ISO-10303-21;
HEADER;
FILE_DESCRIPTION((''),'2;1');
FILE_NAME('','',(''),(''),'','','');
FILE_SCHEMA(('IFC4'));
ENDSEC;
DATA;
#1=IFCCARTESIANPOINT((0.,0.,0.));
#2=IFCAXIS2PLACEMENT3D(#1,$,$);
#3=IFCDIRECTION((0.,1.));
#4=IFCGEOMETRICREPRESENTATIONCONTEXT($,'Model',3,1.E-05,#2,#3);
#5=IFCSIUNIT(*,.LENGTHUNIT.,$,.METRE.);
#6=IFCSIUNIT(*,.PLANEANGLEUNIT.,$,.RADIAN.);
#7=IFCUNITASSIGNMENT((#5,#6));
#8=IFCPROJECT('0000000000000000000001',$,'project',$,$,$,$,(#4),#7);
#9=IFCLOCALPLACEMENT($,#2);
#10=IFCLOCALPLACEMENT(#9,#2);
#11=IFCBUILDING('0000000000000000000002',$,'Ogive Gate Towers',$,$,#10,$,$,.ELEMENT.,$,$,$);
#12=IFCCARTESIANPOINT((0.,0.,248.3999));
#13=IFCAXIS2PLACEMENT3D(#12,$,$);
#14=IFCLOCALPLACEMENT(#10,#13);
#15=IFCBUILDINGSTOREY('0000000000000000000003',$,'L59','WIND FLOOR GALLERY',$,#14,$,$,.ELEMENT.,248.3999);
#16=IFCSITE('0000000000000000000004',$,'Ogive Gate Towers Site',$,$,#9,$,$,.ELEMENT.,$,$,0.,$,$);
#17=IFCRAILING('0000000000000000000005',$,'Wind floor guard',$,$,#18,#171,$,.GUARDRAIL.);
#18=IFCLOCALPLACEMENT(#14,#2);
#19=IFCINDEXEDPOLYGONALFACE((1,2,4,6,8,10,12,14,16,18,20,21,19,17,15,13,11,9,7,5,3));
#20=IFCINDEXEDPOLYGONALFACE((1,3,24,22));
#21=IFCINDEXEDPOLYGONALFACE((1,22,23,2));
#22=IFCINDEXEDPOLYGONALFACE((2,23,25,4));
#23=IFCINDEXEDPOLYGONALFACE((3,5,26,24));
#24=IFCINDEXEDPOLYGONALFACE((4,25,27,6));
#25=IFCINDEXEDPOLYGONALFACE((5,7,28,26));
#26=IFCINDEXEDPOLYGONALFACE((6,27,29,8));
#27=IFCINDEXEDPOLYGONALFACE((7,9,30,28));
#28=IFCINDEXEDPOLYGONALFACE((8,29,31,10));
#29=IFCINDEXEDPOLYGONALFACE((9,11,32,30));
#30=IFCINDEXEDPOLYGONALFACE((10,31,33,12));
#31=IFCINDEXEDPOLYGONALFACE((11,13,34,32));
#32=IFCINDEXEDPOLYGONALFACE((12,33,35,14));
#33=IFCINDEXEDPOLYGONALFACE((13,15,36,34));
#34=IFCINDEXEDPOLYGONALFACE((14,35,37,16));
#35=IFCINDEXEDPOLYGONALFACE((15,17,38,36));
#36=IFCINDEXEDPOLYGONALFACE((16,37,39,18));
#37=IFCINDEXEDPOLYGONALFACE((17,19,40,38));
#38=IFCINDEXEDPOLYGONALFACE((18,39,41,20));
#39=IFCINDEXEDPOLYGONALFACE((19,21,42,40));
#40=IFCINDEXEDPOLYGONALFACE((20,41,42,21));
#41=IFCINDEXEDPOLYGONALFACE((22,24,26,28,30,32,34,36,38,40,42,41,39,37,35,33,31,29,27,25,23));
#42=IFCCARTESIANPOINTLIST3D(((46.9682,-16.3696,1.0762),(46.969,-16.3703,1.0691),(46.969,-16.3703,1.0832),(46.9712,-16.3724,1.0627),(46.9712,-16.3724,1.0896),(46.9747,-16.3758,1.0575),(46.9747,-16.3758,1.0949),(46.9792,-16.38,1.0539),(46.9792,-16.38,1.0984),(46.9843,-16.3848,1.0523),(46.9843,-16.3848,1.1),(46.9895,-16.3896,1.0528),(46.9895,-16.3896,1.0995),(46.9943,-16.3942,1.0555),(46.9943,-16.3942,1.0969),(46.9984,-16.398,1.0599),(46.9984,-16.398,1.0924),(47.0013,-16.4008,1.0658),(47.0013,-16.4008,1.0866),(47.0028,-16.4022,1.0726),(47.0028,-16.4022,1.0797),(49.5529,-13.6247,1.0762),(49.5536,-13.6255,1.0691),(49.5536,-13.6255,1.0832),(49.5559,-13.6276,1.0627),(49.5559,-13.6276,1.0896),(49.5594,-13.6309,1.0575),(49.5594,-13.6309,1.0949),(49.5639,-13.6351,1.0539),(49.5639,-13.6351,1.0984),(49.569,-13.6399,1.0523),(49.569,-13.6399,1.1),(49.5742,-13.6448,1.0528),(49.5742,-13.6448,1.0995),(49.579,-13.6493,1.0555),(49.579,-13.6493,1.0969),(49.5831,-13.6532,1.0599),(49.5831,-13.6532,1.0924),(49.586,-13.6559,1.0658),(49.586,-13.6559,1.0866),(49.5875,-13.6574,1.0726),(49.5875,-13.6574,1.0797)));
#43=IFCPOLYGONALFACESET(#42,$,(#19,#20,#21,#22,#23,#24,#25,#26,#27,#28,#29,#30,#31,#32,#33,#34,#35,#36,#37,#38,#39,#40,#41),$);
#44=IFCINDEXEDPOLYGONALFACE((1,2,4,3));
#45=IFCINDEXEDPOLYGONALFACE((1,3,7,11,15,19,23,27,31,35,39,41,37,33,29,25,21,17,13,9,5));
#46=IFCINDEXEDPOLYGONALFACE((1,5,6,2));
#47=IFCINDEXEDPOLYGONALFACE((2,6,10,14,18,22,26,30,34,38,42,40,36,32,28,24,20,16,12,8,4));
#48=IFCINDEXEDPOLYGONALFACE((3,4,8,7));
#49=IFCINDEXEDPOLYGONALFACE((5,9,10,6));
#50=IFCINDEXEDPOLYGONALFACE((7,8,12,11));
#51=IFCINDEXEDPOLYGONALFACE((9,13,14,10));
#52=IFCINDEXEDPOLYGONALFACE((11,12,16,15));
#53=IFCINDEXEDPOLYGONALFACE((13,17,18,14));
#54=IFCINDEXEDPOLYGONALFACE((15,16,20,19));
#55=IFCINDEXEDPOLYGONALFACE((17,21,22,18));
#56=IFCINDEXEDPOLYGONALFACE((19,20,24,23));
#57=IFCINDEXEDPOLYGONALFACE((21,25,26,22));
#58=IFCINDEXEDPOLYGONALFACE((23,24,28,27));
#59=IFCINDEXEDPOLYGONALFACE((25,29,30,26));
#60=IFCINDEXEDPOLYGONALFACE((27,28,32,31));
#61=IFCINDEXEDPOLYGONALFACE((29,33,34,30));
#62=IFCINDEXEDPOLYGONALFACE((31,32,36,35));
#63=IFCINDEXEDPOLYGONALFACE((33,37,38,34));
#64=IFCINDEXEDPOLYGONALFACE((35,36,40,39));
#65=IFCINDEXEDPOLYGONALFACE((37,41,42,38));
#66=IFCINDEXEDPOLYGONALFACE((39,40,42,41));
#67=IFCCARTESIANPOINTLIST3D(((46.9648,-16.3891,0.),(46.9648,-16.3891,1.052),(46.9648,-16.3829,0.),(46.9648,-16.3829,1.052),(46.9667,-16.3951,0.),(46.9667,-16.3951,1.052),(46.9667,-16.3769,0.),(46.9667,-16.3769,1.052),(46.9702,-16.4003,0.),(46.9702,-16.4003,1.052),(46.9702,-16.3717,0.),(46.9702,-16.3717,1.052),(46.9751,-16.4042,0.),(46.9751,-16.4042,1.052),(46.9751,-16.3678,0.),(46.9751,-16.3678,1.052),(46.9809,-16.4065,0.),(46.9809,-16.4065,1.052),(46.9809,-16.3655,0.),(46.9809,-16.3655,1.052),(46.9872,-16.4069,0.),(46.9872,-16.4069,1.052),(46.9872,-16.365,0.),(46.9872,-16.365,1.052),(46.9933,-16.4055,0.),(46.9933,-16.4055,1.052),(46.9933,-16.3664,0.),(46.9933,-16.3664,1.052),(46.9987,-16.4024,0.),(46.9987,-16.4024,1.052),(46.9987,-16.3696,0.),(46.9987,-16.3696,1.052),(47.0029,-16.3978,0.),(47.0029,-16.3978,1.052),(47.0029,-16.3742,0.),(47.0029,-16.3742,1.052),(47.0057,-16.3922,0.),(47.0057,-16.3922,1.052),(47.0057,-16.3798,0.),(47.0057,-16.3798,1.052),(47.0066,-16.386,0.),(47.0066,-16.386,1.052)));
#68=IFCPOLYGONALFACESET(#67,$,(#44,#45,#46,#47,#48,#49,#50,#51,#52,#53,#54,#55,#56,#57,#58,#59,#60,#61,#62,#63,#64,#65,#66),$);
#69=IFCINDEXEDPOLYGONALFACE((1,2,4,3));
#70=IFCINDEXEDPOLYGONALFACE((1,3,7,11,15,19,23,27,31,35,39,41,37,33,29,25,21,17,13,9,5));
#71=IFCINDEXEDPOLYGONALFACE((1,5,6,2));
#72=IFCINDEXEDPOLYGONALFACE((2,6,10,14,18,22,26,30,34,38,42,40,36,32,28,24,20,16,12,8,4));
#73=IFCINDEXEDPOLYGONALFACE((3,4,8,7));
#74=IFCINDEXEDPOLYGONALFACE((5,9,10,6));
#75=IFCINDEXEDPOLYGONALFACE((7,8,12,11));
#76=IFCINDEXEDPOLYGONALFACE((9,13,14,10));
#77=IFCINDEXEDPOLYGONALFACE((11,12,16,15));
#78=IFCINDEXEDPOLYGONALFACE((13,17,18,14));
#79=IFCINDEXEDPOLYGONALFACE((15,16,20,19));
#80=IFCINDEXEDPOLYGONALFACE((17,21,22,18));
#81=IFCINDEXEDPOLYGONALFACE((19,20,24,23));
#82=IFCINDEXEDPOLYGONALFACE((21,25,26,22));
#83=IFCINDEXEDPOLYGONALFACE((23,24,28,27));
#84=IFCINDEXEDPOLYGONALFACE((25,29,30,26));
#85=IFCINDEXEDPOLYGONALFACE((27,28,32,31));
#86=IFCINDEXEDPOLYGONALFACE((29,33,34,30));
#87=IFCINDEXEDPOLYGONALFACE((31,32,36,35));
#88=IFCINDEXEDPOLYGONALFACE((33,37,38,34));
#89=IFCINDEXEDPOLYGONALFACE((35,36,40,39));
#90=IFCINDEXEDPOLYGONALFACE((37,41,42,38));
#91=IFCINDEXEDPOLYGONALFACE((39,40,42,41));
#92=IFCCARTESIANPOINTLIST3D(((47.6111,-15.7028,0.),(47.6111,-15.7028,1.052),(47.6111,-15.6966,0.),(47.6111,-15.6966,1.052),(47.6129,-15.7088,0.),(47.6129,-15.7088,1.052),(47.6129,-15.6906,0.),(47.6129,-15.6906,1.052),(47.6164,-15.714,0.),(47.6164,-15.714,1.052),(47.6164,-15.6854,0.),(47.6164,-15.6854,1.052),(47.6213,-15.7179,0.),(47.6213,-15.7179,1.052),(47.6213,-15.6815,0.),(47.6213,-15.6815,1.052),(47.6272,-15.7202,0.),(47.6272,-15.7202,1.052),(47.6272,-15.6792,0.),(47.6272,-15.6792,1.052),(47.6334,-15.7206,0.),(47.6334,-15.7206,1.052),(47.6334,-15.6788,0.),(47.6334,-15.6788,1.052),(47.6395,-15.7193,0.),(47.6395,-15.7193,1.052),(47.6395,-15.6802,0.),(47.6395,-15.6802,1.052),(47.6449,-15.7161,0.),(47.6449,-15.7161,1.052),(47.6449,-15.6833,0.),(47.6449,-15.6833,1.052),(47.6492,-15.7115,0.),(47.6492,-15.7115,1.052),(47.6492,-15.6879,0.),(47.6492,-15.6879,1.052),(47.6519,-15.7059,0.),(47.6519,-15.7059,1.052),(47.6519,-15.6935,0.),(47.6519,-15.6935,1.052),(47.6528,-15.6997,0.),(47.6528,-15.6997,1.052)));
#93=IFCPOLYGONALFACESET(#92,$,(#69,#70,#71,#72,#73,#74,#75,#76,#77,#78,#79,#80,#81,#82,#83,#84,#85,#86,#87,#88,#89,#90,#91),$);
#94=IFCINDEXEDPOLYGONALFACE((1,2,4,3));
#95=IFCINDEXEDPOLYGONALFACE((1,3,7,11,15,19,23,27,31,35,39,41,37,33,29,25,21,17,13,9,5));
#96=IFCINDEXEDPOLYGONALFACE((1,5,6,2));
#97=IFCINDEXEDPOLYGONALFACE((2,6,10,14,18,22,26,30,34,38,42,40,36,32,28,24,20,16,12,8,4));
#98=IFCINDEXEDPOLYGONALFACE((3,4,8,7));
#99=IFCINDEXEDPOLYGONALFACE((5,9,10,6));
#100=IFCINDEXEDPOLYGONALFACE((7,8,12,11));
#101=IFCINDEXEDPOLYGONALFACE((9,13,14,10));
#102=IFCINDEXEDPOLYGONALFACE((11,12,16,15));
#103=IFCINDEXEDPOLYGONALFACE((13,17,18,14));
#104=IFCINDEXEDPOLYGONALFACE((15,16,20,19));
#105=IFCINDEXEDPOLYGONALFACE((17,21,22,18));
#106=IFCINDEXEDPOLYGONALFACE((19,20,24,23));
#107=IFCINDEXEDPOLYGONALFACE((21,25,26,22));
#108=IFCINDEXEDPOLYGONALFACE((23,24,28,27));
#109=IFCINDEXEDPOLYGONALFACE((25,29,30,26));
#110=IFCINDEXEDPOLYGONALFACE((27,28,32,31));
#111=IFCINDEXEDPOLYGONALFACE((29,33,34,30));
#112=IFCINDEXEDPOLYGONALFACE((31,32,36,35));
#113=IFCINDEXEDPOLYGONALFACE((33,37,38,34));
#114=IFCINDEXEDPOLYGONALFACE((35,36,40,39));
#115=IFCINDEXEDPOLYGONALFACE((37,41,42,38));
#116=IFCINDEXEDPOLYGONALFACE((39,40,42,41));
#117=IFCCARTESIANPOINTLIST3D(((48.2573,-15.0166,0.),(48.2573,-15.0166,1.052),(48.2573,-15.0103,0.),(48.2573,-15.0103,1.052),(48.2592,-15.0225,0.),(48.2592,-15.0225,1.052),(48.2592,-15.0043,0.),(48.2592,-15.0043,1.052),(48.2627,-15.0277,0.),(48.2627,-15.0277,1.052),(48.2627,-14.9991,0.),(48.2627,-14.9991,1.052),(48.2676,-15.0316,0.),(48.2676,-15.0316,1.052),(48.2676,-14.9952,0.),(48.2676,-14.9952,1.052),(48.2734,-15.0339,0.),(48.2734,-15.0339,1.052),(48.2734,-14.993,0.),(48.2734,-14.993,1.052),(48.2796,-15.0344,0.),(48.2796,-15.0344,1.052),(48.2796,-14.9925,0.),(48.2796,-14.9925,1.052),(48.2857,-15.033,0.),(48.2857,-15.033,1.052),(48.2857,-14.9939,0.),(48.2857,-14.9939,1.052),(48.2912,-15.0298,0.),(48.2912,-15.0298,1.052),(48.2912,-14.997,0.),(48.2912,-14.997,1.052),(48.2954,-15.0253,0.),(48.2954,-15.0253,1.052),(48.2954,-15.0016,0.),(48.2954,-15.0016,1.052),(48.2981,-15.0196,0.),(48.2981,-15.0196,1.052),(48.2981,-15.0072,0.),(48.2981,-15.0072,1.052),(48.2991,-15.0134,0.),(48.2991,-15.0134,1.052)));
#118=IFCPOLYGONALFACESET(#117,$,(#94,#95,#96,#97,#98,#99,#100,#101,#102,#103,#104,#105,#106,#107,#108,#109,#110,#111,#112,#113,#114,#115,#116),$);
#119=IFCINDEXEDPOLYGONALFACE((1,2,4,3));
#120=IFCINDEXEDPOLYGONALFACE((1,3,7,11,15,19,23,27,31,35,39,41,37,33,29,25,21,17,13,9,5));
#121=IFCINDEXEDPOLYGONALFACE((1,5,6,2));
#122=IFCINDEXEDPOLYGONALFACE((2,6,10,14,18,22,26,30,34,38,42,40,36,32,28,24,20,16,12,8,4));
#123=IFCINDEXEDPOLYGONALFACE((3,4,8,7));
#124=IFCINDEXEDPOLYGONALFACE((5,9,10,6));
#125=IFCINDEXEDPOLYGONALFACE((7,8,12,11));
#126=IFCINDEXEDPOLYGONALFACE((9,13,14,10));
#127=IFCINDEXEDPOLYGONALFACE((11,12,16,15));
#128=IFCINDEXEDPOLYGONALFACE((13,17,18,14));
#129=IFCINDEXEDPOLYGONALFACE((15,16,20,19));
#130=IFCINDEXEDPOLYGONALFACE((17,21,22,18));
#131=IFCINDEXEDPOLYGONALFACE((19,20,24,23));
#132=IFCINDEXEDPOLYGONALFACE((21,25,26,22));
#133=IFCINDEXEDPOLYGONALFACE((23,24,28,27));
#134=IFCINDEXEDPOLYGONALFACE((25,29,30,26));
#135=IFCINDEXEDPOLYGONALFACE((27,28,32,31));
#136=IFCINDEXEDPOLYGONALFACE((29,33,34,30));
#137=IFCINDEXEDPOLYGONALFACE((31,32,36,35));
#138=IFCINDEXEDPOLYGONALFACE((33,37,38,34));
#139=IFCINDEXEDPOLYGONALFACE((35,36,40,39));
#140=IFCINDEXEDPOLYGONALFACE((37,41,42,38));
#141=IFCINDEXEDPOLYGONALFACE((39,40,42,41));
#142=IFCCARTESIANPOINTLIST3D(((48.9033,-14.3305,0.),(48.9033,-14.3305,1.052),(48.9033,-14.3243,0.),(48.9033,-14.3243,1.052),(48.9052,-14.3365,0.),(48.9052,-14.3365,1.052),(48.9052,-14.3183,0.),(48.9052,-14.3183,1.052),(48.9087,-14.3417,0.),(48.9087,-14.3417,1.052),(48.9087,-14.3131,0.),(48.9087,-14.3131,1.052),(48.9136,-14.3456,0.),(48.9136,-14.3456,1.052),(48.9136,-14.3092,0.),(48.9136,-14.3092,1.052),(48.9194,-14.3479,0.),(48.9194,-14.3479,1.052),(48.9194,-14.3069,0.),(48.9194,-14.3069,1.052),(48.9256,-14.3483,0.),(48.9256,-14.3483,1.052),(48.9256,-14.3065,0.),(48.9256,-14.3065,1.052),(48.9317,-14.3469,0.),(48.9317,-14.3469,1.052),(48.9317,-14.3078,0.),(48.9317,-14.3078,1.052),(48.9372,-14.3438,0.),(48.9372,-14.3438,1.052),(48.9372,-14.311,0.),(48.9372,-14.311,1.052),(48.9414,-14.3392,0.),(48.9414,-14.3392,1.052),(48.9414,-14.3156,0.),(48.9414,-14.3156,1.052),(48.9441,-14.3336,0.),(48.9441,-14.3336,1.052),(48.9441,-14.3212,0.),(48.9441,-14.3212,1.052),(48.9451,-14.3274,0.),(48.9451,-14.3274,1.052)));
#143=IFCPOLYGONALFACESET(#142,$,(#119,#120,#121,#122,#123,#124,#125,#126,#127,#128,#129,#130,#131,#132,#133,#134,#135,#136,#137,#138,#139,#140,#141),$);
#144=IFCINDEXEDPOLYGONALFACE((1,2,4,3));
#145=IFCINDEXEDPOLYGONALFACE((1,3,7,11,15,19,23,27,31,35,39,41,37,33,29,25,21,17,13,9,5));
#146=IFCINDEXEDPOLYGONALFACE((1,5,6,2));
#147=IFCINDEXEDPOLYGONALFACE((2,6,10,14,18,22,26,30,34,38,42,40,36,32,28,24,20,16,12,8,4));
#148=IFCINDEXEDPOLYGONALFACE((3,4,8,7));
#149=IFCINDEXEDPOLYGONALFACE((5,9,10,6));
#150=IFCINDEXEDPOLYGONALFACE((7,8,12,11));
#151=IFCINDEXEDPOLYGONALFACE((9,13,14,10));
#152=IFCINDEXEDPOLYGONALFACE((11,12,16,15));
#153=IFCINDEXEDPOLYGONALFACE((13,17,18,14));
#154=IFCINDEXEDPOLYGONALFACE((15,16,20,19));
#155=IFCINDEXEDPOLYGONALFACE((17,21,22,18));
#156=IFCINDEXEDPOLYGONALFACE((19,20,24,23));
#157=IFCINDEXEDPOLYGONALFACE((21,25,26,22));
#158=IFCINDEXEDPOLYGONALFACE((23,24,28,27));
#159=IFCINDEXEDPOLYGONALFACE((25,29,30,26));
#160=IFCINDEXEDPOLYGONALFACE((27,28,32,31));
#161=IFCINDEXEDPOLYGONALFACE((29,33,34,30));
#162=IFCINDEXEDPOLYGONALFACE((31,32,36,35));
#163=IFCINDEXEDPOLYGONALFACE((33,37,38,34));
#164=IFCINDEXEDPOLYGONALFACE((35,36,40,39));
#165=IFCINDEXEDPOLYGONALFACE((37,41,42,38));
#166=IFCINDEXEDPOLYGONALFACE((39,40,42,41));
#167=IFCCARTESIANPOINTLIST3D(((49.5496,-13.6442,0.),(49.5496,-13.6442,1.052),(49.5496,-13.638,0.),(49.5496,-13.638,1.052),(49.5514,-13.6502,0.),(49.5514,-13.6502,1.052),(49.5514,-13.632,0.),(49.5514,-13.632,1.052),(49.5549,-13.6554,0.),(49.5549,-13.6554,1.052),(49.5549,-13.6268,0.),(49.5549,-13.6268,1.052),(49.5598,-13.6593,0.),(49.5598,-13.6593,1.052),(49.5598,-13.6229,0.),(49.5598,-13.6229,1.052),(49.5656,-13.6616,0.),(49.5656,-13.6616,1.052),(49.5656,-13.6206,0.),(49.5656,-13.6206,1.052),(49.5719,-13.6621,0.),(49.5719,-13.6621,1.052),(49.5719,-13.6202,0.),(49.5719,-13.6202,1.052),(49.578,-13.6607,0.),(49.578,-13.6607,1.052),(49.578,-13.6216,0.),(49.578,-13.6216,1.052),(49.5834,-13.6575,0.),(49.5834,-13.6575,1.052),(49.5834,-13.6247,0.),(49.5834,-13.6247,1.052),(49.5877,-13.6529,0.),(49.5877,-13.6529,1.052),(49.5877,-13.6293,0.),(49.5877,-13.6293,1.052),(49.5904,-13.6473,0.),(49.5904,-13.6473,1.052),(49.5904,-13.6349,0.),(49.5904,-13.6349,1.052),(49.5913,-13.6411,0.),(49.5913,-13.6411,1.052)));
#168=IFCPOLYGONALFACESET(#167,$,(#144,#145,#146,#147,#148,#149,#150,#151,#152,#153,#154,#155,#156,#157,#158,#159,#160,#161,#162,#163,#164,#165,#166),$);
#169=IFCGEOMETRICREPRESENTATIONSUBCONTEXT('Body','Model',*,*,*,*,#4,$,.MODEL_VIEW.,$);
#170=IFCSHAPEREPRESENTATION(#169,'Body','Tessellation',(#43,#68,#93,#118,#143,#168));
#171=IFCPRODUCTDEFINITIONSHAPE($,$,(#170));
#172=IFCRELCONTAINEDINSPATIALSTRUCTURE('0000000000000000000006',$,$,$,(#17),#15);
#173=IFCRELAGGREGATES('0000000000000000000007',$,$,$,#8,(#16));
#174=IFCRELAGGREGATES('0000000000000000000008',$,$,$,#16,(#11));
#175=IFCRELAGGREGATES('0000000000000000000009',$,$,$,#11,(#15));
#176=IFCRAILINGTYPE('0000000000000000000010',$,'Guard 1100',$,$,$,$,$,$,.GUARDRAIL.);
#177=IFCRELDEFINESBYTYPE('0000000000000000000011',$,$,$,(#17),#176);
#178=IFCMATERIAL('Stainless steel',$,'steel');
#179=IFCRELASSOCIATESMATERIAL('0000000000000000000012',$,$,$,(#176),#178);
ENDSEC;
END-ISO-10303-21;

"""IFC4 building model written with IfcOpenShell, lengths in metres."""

from ifc_helpers import new_model, si_unit, direction, frame, origin, origin_2d, place, context, subcontext, project, spatial, circle, extrude, material, type_object, element, save


model = new_model("IFC4")

# Units and contexts
model_context = context("Model", 3, precision=1e-05, world=origin(), true_north=direction((0.0, 1.0)))
body_context = subcontext(model_context, "Body", "Model", "MODEL_VIEW")
ifc_project = project(units=[si_unit("LENGTHUNIT", "METRE"), si_unit("PLANEANGLEUNIT", "RADIAN")], contexts=[model_context])

# Site, building, storey
site_placement = place(None, origin())
site = spatial("IfcSite", under=ifc_project, at=site_placement, Name="Ogive Gate Towers Site", CompositionType="ELEMENT", RefElevation=0.0)
building_placement = place(site_placement, origin())
building = spatial("IfcBuilding", under=site, at=building_placement, Name="Ogive Gate Towers", CompositionType="ELEMENT")
storey_placement = place(building_placement, frame((0.0, 0.0, 248.3999)))
storey = spatial("IfcBuildingStorey", under=building, at=storey_placement, Name="L59", Description="WIND FLOOR GALLERY", CompositionType="ELEMENT", Elevation=248.3999)

# Railing
ifc_material_1 = material(Name="Stainless steel", Category="steel")
railing_type_1 = type_object("IfcRailingType", Name="Guard 1100", PredefinedType="GUARDRAIL", material=ifc_material_1)
railing_1_placement = place(storey_placement, frame((46.9856, -16.386, 0.0)))
element("IfcRailing", 1, at=railing_1_placement, inside=storey, type_object=railing_type_1, Name="Wind floor guard", PredefinedType="GUARDRAIL", context=body_context, shape_type="SweptSolid", body=[
    extrude(circle(Radius=0.0239, at=origin_2d()), frame((0.0, 0.0, 1.0762), z_axis=(0.685548, 0.728027, 0.0), x_axis=(-0.728027, 0.685548, 0.0)), (0.0, 0.0, 1.0), 3.7703),
    extrude(circle(Radius=0.021, at=origin_2d()), origin(), (0.0, 0.0, 1.0), 1.052),
    extrude(circle(Radius=0.021, at=origin_2d()), frame((0.6462, 0.6863, 0.0)), (0.0, 0.0, 1.0), 1.052),
    extrude(circle(Radius=0.021, at=origin_2d()), frame((1.2925, 1.3726, 0.0)), (0.0, 0.0, 1.0), 1.052),
    extrude(circle(Radius=0.021, at=origin_2d()), frame((1.9385, 2.0586, 0.0)), (0.0, 0.0, 1.0), 1.052),
    extrude(circle(Radius=0.021, at=origin_2d()), frame((2.5847, 2.7449, 0.0)), (0.0, 0.0, 1.0), 1.052),
])

save(model, "model.ifc")
